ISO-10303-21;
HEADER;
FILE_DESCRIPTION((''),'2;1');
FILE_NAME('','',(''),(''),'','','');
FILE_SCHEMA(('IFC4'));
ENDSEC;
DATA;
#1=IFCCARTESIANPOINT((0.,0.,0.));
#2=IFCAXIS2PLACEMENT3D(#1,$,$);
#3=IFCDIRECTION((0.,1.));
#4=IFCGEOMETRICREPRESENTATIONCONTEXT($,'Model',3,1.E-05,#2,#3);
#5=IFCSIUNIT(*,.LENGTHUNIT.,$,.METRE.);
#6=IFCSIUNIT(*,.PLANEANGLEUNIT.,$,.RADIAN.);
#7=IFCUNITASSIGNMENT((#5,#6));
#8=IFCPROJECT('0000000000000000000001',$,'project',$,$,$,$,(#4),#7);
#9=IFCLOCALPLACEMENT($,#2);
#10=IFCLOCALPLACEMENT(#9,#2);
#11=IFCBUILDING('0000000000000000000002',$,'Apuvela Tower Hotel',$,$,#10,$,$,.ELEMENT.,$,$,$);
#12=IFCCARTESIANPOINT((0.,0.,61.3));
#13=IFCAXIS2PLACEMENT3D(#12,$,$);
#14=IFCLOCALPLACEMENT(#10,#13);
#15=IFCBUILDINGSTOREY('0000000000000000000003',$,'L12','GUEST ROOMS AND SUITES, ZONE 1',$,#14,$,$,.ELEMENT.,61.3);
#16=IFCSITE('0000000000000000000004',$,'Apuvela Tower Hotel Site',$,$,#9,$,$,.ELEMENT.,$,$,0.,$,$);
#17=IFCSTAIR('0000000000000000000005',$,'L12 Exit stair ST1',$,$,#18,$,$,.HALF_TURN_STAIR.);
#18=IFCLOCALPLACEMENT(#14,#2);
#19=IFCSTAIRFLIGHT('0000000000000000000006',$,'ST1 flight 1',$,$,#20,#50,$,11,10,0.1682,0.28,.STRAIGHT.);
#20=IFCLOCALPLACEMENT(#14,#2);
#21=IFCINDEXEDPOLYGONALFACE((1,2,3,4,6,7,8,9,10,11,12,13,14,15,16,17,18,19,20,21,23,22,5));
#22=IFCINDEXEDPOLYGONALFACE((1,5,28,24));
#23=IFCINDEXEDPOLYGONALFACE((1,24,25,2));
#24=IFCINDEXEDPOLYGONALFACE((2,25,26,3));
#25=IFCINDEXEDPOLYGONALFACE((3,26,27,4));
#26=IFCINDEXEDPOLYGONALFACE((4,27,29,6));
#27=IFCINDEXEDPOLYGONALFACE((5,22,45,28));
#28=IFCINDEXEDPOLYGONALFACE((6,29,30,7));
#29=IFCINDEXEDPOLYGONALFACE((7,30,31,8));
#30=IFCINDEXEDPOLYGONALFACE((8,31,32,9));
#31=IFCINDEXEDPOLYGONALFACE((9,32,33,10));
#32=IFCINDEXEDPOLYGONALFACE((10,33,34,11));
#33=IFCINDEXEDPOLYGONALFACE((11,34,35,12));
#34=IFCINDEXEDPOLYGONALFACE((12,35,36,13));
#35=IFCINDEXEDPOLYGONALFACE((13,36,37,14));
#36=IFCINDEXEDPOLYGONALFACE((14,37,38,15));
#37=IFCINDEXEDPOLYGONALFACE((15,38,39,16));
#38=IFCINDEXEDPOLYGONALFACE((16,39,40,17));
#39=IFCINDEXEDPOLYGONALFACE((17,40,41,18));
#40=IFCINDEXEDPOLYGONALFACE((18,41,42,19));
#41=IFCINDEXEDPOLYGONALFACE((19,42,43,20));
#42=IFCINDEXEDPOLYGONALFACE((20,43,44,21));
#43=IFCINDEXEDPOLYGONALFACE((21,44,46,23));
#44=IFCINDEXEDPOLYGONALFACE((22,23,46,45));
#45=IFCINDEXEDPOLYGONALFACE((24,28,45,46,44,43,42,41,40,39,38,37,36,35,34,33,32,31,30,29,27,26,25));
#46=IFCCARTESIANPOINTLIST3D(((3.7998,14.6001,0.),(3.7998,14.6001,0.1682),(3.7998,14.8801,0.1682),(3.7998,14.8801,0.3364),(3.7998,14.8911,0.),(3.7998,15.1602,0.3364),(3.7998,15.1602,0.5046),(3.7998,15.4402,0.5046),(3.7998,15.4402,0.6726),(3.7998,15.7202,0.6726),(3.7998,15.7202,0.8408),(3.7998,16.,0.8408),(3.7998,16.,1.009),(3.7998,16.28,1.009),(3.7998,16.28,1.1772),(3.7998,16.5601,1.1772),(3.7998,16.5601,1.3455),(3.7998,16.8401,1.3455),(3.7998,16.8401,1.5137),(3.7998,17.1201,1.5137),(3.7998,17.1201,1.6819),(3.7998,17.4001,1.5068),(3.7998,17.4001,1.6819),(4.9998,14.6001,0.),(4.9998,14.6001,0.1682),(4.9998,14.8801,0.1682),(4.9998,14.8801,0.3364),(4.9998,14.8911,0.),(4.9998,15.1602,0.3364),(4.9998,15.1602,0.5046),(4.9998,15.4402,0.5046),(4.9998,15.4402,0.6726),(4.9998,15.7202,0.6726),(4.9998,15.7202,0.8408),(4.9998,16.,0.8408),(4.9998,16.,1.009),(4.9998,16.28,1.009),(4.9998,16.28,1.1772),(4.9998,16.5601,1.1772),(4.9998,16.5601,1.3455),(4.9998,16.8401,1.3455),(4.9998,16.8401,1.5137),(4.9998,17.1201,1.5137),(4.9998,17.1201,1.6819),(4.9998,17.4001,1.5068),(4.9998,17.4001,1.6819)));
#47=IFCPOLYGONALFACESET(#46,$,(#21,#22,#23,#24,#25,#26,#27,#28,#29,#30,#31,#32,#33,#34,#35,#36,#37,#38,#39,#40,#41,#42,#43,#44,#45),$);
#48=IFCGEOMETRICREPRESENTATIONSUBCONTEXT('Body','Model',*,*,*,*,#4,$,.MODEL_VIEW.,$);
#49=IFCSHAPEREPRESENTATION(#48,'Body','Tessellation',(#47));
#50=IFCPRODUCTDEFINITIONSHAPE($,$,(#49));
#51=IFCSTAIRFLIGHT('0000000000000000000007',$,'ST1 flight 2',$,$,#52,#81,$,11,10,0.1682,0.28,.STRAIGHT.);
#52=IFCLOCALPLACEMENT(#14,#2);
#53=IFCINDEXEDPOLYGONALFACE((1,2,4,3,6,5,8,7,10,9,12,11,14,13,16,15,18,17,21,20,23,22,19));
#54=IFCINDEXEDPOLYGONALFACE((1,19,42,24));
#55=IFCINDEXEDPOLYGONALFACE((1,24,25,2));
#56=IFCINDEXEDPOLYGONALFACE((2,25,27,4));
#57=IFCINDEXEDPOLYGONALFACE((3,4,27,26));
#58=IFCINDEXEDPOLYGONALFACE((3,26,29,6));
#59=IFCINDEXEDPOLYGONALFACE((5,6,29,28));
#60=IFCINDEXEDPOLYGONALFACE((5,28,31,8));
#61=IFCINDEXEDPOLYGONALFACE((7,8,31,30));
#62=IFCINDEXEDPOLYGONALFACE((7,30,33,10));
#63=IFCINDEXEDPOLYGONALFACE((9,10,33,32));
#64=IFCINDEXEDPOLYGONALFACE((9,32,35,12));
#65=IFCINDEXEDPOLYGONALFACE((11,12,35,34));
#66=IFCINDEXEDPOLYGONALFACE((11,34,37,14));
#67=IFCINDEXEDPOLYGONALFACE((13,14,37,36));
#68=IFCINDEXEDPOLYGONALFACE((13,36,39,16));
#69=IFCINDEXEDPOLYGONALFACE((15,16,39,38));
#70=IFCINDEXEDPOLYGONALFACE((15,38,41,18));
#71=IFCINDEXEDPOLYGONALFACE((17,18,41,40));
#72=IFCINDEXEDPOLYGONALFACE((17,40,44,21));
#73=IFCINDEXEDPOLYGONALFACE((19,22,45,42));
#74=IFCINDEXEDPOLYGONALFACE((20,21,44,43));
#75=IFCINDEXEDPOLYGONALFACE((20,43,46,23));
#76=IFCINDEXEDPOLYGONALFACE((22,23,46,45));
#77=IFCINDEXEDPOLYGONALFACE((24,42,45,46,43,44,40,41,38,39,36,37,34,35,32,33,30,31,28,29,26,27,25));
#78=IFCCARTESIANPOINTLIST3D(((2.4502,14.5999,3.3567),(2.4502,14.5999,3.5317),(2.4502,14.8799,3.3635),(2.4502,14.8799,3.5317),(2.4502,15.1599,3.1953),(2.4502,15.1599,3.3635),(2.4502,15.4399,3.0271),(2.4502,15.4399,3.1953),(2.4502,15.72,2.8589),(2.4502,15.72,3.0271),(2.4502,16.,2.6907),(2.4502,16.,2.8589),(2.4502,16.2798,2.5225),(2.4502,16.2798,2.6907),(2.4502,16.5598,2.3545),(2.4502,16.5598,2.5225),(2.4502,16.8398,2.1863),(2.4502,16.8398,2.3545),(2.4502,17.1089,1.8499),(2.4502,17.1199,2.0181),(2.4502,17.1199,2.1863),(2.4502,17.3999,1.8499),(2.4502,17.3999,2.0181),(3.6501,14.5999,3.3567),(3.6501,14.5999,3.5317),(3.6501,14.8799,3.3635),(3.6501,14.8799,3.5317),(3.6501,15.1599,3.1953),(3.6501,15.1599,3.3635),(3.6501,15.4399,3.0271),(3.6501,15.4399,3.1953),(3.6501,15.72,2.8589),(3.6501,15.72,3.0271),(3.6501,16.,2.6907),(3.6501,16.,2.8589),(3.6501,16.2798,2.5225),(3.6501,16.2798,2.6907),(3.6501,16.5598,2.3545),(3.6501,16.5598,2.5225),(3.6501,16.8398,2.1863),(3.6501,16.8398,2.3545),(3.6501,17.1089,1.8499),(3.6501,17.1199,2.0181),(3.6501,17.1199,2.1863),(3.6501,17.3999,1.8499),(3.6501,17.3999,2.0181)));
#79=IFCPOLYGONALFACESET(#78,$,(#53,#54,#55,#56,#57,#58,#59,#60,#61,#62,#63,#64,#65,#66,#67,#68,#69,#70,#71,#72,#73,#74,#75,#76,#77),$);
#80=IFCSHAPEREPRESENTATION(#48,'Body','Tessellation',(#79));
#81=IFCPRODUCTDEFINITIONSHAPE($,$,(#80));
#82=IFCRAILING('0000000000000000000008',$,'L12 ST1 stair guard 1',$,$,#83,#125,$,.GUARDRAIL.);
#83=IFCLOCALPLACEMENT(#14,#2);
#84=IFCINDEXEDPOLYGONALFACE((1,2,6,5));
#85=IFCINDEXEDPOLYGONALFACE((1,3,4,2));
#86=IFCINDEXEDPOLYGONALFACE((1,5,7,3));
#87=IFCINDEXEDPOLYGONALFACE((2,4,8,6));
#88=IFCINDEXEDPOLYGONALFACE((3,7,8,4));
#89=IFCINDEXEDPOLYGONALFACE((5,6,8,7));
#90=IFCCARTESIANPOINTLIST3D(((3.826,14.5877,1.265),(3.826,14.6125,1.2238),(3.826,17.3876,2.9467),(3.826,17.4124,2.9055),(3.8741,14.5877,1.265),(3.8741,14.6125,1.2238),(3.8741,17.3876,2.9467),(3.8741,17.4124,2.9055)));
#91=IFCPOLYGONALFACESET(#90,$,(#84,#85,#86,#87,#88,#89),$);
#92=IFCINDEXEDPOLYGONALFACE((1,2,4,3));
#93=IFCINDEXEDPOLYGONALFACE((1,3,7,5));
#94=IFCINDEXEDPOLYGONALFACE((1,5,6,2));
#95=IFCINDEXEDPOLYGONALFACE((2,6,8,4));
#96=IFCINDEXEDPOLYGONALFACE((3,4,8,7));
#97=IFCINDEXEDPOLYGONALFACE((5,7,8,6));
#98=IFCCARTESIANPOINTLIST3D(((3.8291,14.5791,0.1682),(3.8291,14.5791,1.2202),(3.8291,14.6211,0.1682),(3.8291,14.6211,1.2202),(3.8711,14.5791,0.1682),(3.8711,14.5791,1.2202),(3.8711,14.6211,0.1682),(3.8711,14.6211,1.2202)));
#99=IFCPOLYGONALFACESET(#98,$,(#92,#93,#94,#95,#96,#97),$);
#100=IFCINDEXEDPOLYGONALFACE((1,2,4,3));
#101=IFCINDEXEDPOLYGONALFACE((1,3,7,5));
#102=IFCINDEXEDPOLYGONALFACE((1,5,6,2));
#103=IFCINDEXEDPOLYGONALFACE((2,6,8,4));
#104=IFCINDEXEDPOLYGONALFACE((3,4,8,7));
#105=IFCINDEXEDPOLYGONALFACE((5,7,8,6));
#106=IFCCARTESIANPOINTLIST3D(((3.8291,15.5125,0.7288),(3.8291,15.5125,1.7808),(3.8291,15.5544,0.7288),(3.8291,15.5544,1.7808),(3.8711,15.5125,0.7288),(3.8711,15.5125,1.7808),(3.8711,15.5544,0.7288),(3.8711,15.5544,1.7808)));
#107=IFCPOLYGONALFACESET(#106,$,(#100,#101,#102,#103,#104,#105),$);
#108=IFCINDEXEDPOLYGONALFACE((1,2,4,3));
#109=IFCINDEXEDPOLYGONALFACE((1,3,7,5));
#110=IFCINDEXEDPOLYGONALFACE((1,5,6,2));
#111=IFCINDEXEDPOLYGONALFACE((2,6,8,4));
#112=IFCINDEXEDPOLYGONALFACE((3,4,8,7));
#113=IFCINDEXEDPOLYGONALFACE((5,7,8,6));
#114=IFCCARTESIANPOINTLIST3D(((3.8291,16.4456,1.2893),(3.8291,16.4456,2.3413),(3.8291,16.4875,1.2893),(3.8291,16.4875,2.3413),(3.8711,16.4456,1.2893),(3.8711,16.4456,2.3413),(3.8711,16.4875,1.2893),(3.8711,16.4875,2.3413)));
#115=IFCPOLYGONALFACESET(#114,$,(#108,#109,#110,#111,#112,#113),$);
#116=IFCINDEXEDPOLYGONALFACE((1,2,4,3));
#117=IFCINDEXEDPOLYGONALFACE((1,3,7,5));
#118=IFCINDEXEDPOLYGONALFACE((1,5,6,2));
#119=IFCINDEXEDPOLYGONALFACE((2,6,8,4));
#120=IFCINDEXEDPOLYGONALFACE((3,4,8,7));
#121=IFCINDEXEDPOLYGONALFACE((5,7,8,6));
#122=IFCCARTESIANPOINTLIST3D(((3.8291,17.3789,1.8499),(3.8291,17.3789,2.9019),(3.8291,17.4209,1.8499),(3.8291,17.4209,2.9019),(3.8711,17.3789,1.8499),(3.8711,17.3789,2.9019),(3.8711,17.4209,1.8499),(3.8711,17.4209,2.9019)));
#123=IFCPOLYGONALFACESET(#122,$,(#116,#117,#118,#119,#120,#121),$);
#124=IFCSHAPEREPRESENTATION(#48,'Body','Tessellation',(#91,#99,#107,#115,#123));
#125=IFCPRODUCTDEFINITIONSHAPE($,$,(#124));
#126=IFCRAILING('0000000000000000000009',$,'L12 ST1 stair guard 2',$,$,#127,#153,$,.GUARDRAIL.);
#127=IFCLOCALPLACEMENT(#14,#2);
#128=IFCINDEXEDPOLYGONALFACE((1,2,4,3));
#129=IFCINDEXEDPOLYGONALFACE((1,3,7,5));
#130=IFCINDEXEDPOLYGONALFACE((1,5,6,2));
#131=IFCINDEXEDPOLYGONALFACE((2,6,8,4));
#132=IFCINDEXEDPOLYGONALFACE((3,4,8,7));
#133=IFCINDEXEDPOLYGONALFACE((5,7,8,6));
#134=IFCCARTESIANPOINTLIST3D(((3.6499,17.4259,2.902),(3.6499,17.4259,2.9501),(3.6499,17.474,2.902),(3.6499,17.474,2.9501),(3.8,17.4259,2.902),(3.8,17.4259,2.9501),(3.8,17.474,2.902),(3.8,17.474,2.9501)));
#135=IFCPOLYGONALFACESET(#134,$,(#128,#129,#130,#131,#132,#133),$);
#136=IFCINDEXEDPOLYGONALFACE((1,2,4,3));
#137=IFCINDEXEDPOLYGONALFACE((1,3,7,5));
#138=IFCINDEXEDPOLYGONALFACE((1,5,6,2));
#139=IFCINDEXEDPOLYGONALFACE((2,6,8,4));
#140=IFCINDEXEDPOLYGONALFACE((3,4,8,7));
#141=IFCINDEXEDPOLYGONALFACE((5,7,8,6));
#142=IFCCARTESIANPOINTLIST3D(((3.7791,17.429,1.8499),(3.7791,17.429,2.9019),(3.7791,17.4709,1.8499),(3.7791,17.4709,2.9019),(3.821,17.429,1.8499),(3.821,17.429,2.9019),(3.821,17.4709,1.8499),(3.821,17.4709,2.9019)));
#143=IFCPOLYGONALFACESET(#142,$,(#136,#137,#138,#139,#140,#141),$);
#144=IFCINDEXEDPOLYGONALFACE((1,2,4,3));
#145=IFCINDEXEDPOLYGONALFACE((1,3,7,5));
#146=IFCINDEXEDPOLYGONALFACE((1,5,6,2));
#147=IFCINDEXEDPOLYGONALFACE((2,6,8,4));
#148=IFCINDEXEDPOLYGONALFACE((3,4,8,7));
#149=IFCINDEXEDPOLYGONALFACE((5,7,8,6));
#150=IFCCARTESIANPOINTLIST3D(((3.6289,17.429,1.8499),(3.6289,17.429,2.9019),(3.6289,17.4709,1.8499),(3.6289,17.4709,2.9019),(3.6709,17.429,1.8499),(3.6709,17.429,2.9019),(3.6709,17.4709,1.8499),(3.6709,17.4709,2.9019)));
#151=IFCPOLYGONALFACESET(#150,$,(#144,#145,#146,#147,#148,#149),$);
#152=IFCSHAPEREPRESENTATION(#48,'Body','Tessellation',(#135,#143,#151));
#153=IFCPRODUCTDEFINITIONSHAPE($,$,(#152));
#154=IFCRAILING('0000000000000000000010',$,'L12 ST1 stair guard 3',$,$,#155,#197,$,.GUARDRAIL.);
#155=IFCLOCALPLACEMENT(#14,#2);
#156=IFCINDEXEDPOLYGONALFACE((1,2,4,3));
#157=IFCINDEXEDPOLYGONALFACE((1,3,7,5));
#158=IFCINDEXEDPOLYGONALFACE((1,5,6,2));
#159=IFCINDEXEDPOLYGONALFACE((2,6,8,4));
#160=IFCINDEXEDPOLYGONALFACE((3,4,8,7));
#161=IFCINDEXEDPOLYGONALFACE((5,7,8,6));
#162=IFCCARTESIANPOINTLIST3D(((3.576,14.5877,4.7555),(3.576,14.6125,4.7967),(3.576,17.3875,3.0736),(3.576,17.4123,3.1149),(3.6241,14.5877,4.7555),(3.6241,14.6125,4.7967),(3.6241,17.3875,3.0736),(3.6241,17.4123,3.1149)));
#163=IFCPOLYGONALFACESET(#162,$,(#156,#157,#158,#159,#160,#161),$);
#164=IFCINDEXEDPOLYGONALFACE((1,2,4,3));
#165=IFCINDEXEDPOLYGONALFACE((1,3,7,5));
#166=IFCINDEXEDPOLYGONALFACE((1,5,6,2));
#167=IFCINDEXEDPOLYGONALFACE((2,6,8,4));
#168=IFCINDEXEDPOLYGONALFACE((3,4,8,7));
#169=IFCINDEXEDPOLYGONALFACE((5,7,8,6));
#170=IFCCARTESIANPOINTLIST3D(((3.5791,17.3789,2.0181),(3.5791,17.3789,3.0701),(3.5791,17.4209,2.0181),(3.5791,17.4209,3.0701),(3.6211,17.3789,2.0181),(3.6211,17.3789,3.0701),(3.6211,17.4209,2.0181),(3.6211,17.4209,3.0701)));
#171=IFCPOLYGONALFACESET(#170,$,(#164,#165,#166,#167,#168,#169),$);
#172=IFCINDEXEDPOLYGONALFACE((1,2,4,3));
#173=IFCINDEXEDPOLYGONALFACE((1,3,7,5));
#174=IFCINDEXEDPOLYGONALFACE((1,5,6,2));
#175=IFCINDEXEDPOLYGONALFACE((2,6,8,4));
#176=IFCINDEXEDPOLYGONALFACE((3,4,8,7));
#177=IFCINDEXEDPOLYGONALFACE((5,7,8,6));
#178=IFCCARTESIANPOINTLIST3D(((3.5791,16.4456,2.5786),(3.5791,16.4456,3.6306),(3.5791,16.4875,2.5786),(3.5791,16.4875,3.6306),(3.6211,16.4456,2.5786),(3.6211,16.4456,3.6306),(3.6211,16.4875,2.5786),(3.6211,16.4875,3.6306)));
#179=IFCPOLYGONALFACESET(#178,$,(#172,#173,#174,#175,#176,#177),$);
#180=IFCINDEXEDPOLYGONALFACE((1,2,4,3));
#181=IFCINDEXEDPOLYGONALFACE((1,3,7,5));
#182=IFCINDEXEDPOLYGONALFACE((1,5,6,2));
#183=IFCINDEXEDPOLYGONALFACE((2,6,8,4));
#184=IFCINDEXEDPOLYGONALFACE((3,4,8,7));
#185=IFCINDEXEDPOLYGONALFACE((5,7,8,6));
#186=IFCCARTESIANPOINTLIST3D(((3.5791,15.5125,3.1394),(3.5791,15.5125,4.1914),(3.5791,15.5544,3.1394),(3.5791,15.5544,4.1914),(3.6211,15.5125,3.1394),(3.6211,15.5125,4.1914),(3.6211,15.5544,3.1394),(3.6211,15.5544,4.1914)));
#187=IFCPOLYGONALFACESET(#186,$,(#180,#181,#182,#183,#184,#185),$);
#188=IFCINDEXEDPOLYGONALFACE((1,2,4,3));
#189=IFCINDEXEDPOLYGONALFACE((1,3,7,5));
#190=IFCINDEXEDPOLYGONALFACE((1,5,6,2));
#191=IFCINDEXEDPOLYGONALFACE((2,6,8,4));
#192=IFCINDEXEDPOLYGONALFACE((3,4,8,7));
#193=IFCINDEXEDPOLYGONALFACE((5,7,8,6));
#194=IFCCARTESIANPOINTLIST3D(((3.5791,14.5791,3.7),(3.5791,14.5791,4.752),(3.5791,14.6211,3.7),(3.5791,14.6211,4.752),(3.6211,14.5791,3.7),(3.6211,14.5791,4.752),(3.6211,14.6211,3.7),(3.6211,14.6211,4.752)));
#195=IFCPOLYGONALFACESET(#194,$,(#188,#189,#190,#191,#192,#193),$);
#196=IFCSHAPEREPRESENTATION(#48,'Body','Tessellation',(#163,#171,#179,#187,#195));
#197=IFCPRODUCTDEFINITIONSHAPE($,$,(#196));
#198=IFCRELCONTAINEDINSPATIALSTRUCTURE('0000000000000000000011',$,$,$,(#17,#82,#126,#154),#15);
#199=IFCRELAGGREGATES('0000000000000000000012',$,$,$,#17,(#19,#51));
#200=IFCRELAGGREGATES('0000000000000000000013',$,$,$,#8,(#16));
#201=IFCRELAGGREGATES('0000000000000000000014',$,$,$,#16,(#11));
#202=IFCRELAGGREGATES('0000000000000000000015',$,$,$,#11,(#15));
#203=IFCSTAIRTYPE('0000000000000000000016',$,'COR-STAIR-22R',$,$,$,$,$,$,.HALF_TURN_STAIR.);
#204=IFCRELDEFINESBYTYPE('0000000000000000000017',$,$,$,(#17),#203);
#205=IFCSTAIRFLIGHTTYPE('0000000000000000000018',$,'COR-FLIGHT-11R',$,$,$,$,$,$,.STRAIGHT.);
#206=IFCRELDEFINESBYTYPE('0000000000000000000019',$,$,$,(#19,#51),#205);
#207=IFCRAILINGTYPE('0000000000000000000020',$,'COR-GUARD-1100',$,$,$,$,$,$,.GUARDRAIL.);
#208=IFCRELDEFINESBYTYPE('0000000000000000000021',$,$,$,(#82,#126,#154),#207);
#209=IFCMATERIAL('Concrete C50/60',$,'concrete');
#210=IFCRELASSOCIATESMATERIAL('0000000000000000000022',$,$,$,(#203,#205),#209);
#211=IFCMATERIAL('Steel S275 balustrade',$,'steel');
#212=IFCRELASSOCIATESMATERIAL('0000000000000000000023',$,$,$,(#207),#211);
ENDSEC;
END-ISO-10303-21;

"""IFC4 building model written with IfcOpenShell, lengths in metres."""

from ifc_helpers import new_model, si_unit, direction, frame, origin, origin_2d, place, context, subcontext, project, spatial, polyline, rectangle, outline, extrude, material, type_object, element, aggregate, save


model = new_model("IFC4")

# Units and contexts
model_context = context("Model", 3, precision=1e-05, world=origin(), true_north=direction((0.0, 1.0)))
body_context = subcontext(model_context, "Body", "Model", "MODEL_VIEW")
ifc_project = project(units=[si_unit("LENGTHUNIT", "METRE"), si_unit("PLANEANGLEUNIT", "RADIAN")], contexts=[model_context])

# Site, building, storey
site_placement = place(None, origin())
site = spatial("IfcSite", under=ifc_project, at=site_placement, Name="Apuvela Tower Hotel Site", CompositionType="ELEMENT", RefElevation=0.0)
building_placement = place(site_placement, origin())
building = spatial("IfcBuilding", under=site, at=building_placement, Name="Apuvela Tower Hotel", CompositionType="ELEMENT")
storey_placement = place(building_placement, frame((0.0, 0.0, 61.3)))
storey = spatial("IfcBuildingStorey", under=building, at=storey_placement, Name="L12", Description="GUEST ROOMS AND SUITES, ZONE 1", CompositionType="ELEMENT", Elevation=61.3)

# Shared definitions
ifc_material_1 = material(Name="Concrete C50/60", Category="concrete")

# Stair, stair flights
stair_type = type_object("IfcStairType", Name="COR-STAIR-22R", PredefinedType="HALF_TURN_STAIR", material=ifc_material_1)
stair_placement = place(storey_placement, origin())
stair = element("IfcStair", 1, at=stair_placement, inside=storey, type_object=stair_type, Name="L12 Exit stair ST1", PredefinedType="HALF_TURN_STAIR")
stair_flight_type = type_object("IfcStairFlightType", Name="COR-FLIGHT-11R", PredefinedType="STRAIGHT", material=ifc_material_1)
stair_flight_1_placement = place(storey_placement, frame((4.3999, 14.6001, 0.0), z_axis=(0.0, 0.0, 1.0), x_axis=(0.0, 1.0, 0.0)))
stair_flight_1 = element("IfcStairFlight", 2, at=stair_flight_1_placement, type_object=stair_flight_type, Name="ST1 flight 1", NumberOfRisers=11, NumberOfTreads=10, PredefinedType="STRAIGHT", RiserHeight=0.1682, TreadLength=0.28, context=body_context, shape_type="SweptSolid", body=[
    extrude(outline(polyline([(0.0, 0.0), (0.0, 0.1682), (0.28, 0.1682), (0.28, 0.3364), (0.5601, 0.3364), (0.5601, 0.5046), (0.8401, 0.5046), (0.8401, 0.6726), (1.1201, 0.6726), (1.1201, 0.8408), (1.3999, 0.8408), (1.3999, 1.009), (1.6799, 1.009), (1.6799, 1.1772), (1.96, 1.1772), (1.96, 1.3455), (2.24, 1.3455), (2.24, 1.5137), (2.52, 1.5137), (2.52, 1.6819), (2.8, 1.6819), (2.8, 1.8501), (2.8, 1.5068), (0.291, 0.0), (0.0, 0.0)])), frame((0.0, 0.6001, 0.0), z_axis=(0.0, -1.0, 0.0), x_axis=(1.0, 0.0, 0.0)), (0.0, 0.0, 1.0), 1.2),
])
stair_flight_2_placement = place(storey_placement, frame((3.05, 17.3999, 1.8499), z_axis=(0.0, 0.0, 1.0), x_axis=(0.0, -1.0, 0.0)))
stair_flight_2 = element("IfcStairFlight", 3, at=stair_flight_2_placement, type_object=stair_flight_type, Name="ST1 flight 2", NumberOfRisers=11, NumberOfTreads=10, PredefinedType="STRAIGHT", RiserHeight=0.1682, TreadLength=0.28, context=body_context, shape_type="SweptSolid", body=[
    extrude(outline(polyline([(0.0, 0.0), (0.0, 0.1682), (0.28, 0.1682), (0.28, 0.3364), (0.5601, 0.3364), (0.5601, 0.5046), (0.8401, 0.5046), (0.8401, 0.6726), (1.1201, 0.6726), (1.1201, 0.8408), (1.3999, 0.8408), (1.3999, 1.009), (1.6799, 1.009), (1.6799, 1.1772), (1.96, 1.1772), (1.96, 1.3455), (2.24, 1.3455), (2.24, 1.5137), (2.52, 1.5137), (2.52, 1.6819), (2.8, 1.6819), (2.8, 1.8501), (2.8, 1.5068), (0.291, 0.0), (0.0, 0.0)])), frame((0.0, 0.6001, 0.0), z_axis=(0.0, -1.0, 0.0), x_axis=(1.0, 0.0, 0.0)), (0.0, 0.0, 1.0), 1.2),
])
aggregate(stair, [stair_flight_1, stair_flight_2])

# Railings
ifc_material_2 = material(Name="Steel S275 balustrade", Category="steel")
railing_type_1 = type_object("IfcRailingType", Name="COR-GUARD-1100", PredefinedType="GUARDRAIL", material=ifc_material_2)
railing_1_placement = place(storey_placement, frame((3.8501, 14.6001, 0.1682)))
element("IfcRailing", 4, at=railing_1_placement, inside=storey, type_object=railing_type_1, Name="L12 ST1 stair guard 1", PredefinedType="GUARDRAIL", context=body_context, shape_type="SweptSolid", body=[
    extrude(rectangle(XDim=0.0481, YDim=0.0481, at=origin_2d()), frame((0.0, 0.0, 1.0762), z_axis=(0.0, 0.857255, 0.514891), x_axis=(-1.0, 0.0, 0.0)), (0.0, 0.0, 1.0), 3.2661),
    extrude(rectangle(XDim=0.042, YDim=0.042, at=origin_2d()), origin(), (0.0, 0.0, 1.0), 1.052),
    extrude(rectangle(XDim=0.042, YDim=0.042, at=origin_2d()), frame((0.0, 0.9333, 0.5605)), (0.0, 0.0, 1.0), 1.052),
    extrude(rectangle(XDim=0.042, YDim=0.042, at=origin_2d()), frame((0.0, 1.8665, 1.1211)), (0.0, 0.0, 1.0), 1.052),
    extrude(rectangle(XDim=0.042, YDim=0.042, at=origin_2d()), frame((0.0, 2.7998, 1.6816)), (0.0, 0.0, 1.0), 1.052),
])
railing_2_placement = place(storey_placement, frame((3.8, 17.45, 1.8499)))
element("IfcRailing", 5, at=railing_2_placement, inside=storey, type_object=railing_type_1, Name="L12 ST1 stair guard 2", PredefinedType="GUARDRAIL", context=body_context, shape_type="SweptSolid", body=[
    extrude(rectangle(XDim=0.0481, YDim=0.0481, at=origin_2d()), frame((0.0, 0.0, 1.0762), z_axis=(-1.0, 0.0, 0.0), x_axis=(0.0, -1.0, 0.0)), (0.0, 0.0, 1.0), 0.1501),
    extrude(rectangle(XDim=0.042, YDim=0.042, at=origin_2d()), origin(), (0.0, 0.0, 1.0), 1.052),
    extrude(rectangle(XDim=0.042, YDim=0.042, at=origin_2d()), frame((-0.1501, 0.0, 0.0)), (0.0, 0.0, 1.0), 1.052),
])
railing_3_placement = place(storey_placement, frame((3.6001, 17.3999, 2.0181)))
element("IfcRailing", 6, at=railing_3_placement, inside=storey, type_object=railing_type_1, Name="L12 ST1 stair guard 3", PredefinedType="GUARDRAIL", context=body_context, shape_type="SweptSolid", body=[
    extrude(rectangle(XDim=0.0481, YDim=0.0481, at=origin_2d()), frame((0.0, 0.0, 1.0762), z_axis=(0.0, -0.857222, 0.514946), x_axis=(1.0, 0.0, 0.0)), (0.0, 0.0, 1.0), 3.2661),
    extrude(rectangle(XDim=0.042, YDim=0.042, at=origin_2d()), origin(), (0.0, 0.0, 1.0), 1.052),
    extrude(rectangle(XDim=0.042, YDim=0.042, at=origin_2d()), frame((0.0, -0.9333, 0.5605)), (0.0, 0.0, 1.0), 1.052),
    extrude(rectangle(XDim=0.042, YDim=0.042, at=origin_2d()), frame((0.0, -1.8665, 1.1213)), (0.0, 0.0, 1.0), 1.052),
    extrude(rectangle(XDim=0.042, YDim=0.042, at=origin_2d()), frame((0.0, -2.7998, 1.6819)), (0.0, 0.0, 1.0), 1.052),
])

save(model, "model.ifc")
